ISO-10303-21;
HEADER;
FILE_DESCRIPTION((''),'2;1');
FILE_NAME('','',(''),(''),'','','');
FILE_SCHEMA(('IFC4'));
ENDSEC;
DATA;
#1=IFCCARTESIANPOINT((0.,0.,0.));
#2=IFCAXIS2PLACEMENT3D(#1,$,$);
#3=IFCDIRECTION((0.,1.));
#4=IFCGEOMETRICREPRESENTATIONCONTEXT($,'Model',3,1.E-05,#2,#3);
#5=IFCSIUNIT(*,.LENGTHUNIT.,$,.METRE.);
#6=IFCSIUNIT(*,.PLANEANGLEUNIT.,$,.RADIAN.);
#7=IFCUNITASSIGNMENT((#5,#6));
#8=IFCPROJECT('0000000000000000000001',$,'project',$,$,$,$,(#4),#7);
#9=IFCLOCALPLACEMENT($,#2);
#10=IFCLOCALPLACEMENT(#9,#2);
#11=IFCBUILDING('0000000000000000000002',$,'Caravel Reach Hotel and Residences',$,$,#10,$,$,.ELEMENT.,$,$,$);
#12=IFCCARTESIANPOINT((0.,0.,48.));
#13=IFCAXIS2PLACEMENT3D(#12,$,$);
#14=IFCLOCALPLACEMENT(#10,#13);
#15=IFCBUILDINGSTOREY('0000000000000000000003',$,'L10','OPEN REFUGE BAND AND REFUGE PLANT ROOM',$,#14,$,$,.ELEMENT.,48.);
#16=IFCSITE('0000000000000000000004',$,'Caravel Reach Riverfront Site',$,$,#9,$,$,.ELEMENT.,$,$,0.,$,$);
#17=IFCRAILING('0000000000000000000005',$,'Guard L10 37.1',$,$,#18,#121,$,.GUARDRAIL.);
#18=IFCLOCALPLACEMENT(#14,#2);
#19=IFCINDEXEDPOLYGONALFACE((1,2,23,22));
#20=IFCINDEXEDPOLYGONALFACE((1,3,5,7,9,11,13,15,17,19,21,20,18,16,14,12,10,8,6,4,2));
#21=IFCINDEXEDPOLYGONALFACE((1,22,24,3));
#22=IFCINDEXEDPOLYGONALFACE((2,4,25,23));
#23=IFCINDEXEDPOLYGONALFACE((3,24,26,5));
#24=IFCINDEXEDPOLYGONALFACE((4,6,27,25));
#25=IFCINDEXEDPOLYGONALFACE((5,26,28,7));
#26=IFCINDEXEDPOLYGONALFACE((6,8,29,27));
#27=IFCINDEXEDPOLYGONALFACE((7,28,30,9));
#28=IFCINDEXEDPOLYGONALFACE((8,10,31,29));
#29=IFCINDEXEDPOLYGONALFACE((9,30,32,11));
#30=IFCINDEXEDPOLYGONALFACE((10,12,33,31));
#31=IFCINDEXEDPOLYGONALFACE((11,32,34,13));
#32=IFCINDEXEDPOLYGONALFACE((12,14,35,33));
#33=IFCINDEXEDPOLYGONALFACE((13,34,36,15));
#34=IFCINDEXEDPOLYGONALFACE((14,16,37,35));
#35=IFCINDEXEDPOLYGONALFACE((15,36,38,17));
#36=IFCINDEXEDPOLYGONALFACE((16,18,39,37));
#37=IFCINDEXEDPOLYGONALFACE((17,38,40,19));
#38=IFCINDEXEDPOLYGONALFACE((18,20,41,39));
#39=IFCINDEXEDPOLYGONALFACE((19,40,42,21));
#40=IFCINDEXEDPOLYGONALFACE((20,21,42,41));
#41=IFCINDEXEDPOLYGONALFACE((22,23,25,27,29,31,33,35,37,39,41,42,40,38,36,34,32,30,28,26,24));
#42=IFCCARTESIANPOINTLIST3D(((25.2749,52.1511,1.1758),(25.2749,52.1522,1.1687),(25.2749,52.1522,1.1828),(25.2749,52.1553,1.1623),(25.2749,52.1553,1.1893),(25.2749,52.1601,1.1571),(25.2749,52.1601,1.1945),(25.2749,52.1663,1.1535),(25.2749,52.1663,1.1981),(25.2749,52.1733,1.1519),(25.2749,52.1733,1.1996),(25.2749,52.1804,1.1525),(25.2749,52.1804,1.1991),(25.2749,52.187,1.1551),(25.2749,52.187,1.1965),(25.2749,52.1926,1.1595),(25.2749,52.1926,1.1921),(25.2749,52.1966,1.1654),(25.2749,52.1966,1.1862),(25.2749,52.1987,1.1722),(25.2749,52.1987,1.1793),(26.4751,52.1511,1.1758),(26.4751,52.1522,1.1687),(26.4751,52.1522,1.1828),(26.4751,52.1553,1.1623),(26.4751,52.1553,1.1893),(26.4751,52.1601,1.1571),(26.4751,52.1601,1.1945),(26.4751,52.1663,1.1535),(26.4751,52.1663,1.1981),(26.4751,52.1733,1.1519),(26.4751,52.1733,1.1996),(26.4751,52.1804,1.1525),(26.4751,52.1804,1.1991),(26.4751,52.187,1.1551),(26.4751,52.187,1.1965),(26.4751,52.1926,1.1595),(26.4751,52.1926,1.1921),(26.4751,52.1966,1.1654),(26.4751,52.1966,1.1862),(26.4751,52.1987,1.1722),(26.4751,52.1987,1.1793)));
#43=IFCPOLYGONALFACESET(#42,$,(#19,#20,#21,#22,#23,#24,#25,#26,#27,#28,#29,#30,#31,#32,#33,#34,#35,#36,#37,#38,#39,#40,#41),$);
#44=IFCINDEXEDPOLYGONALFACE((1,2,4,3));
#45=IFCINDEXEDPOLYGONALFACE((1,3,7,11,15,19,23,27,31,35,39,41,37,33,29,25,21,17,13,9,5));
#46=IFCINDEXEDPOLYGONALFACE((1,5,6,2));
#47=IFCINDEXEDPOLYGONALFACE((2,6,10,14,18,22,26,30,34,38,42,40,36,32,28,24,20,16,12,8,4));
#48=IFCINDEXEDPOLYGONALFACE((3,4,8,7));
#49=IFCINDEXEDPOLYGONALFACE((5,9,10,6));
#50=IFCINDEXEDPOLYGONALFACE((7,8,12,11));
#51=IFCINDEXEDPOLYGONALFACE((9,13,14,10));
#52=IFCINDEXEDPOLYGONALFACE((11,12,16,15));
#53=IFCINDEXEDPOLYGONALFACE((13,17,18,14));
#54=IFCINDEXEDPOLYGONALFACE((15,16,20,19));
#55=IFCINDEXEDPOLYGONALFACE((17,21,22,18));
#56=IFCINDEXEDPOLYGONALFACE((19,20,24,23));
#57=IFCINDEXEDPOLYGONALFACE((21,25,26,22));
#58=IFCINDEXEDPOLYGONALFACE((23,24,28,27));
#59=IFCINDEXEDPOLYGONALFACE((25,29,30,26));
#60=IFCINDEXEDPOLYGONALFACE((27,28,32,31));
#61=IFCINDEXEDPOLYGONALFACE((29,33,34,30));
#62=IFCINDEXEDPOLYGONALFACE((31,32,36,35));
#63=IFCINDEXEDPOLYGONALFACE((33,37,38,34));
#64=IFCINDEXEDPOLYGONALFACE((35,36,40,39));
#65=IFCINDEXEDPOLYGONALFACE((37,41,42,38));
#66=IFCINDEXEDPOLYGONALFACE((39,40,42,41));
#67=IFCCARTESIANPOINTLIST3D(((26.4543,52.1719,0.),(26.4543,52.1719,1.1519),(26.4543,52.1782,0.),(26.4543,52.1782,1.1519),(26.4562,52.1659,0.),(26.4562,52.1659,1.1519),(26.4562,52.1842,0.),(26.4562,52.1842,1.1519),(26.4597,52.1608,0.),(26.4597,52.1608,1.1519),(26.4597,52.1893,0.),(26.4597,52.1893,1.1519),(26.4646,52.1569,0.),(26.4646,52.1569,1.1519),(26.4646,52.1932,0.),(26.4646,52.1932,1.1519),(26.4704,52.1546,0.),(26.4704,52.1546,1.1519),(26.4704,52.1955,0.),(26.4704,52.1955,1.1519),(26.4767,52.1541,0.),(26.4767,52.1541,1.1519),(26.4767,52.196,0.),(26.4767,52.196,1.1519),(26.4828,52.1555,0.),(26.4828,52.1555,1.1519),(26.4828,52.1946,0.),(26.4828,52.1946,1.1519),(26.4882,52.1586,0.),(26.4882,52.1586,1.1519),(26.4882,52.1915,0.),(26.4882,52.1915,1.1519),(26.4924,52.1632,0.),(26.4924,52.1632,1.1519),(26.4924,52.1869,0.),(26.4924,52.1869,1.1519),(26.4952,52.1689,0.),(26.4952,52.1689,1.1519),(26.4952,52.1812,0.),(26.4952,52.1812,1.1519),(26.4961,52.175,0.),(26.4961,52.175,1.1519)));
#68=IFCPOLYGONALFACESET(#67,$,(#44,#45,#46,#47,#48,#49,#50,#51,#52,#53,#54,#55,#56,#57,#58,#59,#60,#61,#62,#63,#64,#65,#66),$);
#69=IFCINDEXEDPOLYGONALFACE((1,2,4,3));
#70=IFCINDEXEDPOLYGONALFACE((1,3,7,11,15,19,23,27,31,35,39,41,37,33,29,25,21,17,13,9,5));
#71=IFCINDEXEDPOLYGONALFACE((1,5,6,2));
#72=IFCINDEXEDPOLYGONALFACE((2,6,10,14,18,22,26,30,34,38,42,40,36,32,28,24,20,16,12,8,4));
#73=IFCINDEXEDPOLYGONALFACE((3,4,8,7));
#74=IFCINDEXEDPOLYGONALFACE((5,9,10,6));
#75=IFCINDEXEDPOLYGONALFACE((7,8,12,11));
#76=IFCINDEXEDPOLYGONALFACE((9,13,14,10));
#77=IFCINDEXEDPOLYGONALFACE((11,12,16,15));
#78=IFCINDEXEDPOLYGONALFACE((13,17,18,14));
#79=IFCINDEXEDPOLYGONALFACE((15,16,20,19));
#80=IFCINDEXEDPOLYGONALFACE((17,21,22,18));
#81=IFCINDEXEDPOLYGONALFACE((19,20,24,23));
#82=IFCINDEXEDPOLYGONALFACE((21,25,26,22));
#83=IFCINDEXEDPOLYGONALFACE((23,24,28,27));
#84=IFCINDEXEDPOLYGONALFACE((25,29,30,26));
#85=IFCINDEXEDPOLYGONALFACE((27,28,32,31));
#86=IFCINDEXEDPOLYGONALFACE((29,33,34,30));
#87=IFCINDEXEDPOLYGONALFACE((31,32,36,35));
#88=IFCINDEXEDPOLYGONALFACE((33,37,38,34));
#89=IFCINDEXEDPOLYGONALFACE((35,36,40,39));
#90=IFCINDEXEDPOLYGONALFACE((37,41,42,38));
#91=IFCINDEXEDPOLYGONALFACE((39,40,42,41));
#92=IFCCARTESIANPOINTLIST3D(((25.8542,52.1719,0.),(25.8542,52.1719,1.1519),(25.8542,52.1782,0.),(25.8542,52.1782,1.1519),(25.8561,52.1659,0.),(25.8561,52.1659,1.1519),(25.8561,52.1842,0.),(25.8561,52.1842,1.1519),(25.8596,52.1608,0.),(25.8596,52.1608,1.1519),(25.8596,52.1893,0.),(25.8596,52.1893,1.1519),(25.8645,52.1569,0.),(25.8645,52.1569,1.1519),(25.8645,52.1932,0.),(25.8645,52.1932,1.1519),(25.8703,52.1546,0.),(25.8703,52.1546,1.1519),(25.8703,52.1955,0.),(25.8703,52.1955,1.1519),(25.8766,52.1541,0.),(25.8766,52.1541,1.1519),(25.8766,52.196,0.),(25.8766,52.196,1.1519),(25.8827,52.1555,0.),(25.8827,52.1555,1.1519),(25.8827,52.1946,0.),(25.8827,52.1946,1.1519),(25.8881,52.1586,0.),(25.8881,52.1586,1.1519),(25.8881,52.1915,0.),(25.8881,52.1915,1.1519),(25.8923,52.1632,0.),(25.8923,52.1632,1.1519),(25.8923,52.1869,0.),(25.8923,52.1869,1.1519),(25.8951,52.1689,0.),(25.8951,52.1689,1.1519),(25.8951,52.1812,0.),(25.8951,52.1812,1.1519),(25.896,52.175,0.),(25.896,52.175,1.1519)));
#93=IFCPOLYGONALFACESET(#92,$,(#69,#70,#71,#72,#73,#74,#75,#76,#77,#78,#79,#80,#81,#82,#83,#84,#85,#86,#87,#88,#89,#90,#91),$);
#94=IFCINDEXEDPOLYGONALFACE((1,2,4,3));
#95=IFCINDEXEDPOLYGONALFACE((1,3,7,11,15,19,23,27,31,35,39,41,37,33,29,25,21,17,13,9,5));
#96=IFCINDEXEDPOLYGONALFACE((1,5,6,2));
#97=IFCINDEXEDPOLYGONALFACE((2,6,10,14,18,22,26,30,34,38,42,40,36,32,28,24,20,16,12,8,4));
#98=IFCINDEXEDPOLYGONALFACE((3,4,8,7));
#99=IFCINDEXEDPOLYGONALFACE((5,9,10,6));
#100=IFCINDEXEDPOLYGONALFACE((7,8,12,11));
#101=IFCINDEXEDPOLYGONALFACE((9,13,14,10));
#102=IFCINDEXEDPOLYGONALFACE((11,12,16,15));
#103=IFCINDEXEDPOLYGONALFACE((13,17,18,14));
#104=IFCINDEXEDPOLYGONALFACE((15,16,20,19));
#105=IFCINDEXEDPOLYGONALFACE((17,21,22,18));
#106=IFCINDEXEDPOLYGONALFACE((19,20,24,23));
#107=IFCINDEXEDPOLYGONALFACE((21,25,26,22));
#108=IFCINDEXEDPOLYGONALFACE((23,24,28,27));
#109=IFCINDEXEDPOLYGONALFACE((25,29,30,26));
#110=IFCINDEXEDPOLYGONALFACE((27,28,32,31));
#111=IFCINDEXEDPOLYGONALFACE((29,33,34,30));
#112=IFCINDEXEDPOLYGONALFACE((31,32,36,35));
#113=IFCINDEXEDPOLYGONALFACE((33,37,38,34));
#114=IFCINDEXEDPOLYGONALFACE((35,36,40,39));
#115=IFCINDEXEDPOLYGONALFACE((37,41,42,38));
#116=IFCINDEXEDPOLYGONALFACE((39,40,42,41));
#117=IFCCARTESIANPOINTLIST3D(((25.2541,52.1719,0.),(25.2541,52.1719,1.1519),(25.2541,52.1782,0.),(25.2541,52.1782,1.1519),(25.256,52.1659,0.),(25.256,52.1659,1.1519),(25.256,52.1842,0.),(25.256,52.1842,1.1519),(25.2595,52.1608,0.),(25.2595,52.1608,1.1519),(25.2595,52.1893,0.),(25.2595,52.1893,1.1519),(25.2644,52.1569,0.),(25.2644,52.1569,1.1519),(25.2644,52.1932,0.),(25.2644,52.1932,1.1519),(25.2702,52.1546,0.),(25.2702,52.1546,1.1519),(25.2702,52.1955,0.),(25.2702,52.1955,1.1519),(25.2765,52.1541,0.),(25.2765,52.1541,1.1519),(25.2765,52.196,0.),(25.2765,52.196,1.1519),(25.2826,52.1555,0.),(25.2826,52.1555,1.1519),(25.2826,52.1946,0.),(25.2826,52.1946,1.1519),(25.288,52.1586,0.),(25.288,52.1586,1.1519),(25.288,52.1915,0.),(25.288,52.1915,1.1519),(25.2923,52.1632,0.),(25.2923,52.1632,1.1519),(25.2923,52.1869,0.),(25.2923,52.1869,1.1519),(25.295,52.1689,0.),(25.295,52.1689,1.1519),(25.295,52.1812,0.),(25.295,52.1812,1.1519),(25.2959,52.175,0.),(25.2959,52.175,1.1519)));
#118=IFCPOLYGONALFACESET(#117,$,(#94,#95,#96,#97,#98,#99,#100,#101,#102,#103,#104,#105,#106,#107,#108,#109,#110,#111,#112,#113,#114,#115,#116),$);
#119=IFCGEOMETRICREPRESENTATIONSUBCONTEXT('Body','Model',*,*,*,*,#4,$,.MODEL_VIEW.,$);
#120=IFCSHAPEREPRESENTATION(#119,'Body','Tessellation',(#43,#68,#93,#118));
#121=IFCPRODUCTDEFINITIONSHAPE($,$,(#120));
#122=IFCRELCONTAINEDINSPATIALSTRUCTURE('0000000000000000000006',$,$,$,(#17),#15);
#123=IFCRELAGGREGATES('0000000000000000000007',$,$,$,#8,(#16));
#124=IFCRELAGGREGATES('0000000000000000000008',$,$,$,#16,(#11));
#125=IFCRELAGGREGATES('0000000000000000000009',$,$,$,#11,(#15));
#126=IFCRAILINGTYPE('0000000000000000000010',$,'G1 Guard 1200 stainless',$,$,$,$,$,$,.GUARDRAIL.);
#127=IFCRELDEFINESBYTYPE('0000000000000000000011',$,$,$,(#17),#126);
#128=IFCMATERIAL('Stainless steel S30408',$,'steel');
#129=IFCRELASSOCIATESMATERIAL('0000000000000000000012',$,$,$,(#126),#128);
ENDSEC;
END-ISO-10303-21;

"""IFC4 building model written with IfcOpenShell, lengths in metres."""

from ifc_helpers import new_model, si_unit, direction, frame, origin, origin_2d, place, context, subcontext, project, spatial, circle, extrude, material, type_object, element, save


model = new_model("IFC4")

# Units and contexts
model_context = context("Model", 3, precision=1e-05, world=origin(), true_north=direction((0.0, 1.0)))
body_context = subcontext(model_context, "Body", "Model", "MODEL_VIEW")
ifc_project = project(units=[si_unit("LENGTHUNIT", "METRE"), si_unit("PLANEANGLEUNIT", "RADIAN")], contexts=[model_context])

# Site, building, storey
site_placement = place(None, origin())
site = spatial("IfcSite", under=ifc_project, at=site_placement, Name="Caravel Reach Riverfront Site", CompositionType="ELEMENT", RefElevation=0.0)
building_placement = place(site_placement, origin())
building = spatial("IfcBuilding", under=site, at=building_placement, Name="Caravel Reach Hotel and Residences", CompositionType="ELEMENT")
storey_placement = place(building_placement, frame((0.0, 0.0, 48.0)))
storey = spatial("IfcBuildingStorey", under=building, at=storey_placement, Name="L10", Description="OPEN REFUGE BAND AND REFUGE PLANT ROOM", CompositionType="ELEMENT", Elevation=48.0)

# Railing
ifc_material_1 = material(Name="Stainless steel S30408", Category="steel")
railing_type = type_object("IfcRailingType", Name="G1 Guard 1200 stainless", PredefinedType="GUARDRAIL", material=ifc_material_1)
railing_1_placement = place(storey_placement, frame((26.4751, 52.175, 0.0)))
element("IfcRailing", 1, at=railing_1_placement, inside=storey, type_object=railing_type, Name="Guard L10 37.1", PredefinedType="GUARDRAIL", context=body_context, shape_type="SweptSolid", body=[
    extrude(circle(Radius=0.0239, at=origin_2d()), frame((0.0, 0.0, 1.1758), z_axis=(-1.0, 0.0, 0.0), x_axis=(0.0, -1.0, 0.0)), (0.0, 0.0, 1.0), 1.2002),
    extrude(circle(Radius=0.021, at=origin_2d()), origin(), (0.0, 0.0, 1.0), 1.1519),
    extrude(circle(Radius=0.021, at=origin_2d()), frame((-0.6001, 0.0, 0.0)), (0.0, 0.0, 1.0), 1.1519),
    extrude(circle(Radius=0.021, at=origin_2d()), frame((-1.2002, 0.0, 0.0)), (0.0, 0.0, 1.0), 1.1519),
])

save(model, "model.ifc")
